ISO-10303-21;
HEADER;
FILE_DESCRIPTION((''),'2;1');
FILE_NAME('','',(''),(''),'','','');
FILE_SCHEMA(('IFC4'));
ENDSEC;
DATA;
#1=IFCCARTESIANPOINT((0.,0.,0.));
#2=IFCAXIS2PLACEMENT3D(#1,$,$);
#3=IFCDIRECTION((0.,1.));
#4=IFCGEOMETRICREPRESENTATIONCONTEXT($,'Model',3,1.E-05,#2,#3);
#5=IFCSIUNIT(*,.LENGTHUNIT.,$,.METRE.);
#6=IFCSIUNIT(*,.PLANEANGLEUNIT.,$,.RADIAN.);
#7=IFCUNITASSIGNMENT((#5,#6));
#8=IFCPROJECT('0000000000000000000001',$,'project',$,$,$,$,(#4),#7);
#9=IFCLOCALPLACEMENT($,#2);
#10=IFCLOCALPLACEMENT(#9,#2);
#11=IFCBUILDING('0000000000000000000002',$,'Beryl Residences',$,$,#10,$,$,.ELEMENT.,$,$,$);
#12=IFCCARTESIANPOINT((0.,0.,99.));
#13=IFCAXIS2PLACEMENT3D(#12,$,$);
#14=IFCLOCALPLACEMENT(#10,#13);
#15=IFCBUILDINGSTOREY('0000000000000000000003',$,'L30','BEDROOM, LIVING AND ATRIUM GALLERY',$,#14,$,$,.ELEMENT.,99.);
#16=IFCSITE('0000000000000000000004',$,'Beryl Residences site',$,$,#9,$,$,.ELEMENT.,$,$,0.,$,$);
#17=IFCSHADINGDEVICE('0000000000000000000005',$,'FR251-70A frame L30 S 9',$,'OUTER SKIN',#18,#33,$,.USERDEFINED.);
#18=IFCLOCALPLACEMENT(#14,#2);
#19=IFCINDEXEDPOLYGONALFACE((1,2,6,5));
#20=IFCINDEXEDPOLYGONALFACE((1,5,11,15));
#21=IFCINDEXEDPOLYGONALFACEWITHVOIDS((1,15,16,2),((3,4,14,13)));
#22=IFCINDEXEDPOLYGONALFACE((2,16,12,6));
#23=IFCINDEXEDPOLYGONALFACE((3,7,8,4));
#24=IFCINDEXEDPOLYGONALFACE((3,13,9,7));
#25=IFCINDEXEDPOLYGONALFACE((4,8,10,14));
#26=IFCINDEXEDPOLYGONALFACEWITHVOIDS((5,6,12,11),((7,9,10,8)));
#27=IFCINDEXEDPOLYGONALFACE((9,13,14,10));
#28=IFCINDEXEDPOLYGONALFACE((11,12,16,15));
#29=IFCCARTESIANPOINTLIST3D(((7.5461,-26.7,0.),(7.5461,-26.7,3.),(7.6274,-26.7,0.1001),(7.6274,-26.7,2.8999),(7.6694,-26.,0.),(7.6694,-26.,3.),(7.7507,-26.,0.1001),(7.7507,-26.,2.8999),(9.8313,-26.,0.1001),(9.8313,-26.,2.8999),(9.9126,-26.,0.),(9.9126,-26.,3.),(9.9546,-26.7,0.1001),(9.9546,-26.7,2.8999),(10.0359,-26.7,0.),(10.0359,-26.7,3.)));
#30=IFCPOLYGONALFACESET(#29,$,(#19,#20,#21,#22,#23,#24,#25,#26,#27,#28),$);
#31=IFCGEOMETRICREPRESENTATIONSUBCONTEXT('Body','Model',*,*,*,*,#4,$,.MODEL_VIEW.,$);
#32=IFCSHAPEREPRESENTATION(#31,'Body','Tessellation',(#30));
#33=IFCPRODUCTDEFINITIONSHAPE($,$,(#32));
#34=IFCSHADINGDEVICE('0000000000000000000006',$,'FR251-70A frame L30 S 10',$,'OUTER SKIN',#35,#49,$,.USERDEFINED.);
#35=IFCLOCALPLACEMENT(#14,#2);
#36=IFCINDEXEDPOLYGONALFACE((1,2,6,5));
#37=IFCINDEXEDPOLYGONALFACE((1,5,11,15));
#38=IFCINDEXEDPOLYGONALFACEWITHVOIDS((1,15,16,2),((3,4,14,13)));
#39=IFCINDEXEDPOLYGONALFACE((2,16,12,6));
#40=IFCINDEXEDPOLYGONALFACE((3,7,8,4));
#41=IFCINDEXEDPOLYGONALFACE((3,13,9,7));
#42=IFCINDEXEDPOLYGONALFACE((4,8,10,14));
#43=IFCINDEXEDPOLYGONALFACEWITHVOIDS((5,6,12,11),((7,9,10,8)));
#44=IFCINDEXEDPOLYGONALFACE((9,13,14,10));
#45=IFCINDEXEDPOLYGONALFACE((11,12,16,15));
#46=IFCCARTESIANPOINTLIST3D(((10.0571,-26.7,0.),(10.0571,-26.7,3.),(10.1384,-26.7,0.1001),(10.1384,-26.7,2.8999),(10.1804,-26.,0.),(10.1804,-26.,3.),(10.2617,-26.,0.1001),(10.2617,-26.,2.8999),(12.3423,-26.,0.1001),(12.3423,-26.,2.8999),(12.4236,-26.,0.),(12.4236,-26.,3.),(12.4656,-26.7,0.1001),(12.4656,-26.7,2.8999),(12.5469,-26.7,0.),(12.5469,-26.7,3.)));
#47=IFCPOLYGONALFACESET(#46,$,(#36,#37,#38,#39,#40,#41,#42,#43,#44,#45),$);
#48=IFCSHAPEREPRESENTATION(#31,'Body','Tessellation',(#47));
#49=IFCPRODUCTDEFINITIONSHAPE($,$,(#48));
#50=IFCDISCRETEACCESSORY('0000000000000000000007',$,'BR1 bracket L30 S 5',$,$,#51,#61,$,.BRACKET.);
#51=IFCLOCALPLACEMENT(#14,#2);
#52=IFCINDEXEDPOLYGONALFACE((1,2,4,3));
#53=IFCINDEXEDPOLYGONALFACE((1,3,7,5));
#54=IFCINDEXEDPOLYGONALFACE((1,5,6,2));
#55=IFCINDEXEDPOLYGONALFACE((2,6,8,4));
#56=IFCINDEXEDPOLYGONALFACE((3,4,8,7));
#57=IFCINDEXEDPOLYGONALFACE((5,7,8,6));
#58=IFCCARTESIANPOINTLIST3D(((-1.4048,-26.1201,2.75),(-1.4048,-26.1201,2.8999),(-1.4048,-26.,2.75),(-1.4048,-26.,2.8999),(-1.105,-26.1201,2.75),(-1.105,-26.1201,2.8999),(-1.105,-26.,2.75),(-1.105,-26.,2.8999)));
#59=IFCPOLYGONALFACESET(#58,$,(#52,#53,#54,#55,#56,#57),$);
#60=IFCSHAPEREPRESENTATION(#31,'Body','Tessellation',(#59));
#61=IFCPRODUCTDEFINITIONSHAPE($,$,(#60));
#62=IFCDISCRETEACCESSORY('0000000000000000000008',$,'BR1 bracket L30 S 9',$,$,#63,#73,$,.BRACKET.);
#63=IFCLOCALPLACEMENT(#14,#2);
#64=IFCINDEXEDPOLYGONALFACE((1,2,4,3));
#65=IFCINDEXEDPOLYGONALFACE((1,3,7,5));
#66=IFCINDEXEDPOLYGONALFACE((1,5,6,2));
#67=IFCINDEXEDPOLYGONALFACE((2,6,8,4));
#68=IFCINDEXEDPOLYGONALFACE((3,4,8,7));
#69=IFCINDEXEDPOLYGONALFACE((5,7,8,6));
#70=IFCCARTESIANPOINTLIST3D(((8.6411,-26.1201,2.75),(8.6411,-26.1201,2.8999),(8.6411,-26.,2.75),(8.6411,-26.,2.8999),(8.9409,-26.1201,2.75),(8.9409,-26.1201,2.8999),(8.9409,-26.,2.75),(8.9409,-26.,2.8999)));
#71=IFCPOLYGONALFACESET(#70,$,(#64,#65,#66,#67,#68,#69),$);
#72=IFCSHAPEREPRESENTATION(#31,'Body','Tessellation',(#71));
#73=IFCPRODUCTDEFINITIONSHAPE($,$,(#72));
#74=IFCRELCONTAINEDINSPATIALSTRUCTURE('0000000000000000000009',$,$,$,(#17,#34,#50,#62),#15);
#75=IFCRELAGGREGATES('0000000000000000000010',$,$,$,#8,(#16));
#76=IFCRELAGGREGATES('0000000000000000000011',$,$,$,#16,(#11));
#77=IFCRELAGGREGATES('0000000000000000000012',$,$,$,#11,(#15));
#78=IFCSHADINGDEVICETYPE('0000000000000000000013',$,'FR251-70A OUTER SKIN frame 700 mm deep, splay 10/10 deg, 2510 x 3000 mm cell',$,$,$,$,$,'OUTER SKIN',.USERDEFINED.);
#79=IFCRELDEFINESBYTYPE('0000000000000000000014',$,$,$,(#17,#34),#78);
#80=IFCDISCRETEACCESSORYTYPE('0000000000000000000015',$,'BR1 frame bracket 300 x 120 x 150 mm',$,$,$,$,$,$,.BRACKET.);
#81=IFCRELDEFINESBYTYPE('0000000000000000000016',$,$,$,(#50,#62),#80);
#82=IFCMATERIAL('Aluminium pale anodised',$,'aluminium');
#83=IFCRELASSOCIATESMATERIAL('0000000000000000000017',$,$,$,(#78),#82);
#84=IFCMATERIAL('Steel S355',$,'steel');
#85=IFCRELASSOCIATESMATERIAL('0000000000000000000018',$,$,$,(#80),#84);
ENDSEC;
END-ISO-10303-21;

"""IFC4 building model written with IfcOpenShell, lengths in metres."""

from ifc_helpers import new_model, entity, si_unit, direction, frame, origin, place, context, subcontext, project, spatial, polyline, outline, extrude, source, transform, mapped, material, type_object, type_shapes, element, save


model = new_model("IFC4")

# Units and contexts
model_context = context("Model", 3, precision=1e-05, world=origin(), true_north=direction((0.0, 1.0)))
body_context = subcontext(model_context, "Body", "Model", "MODEL_VIEW")
ifc_project = project(units=[si_unit("LENGTHUNIT", "METRE"), si_unit("PLANEANGLEUNIT", "RADIAN")], contexts=[model_context])

# Site, building, storey
site_placement = place(None, origin())
site = spatial("IfcSite", under=ifc_project, at=site_placement, Name="Beryl Residences site", CompositionType="ELEMENT", RefElevation=0.0)
building_placement = place(site_placement, origin())
building = spatial("IfcBuilding", under=site, at=building_placement, Name="Beryl Residences", CompositionType="ELEMENT")
storey_placement = place(building_placement, frame((0.0, 0.0, 99.0)))
storey = spatial("IfcBuildingStorey", under=building, at=storey_placement, Name="L30", Description="BEDROOM, LIVING AND ATRIUM GALLERY", CompositionType="ELEMENT", Elevation=99.0)

# Shading devices
ifc_material_1 = material(Name="Aluminium pale anodised", Category="aluminium")
shading_device_type = type_object("IfcShadingDeviceType", Name="FR251-70A OUTER SKIN frame 700 mm deep, splay 10/10 deg, 2510 x 3000 mm cell", ElementType="OUTER SKIN", PredefinedType="USERDEFINED", material=ifc_material_1)
cartesian_point_1 = entity("IfcCartesianPoint", [-1.1216, 0.0])
cartesian_point_2 = entity("IfcCartesianPoint", [-1.0403, 0.1001])
cartesian_point_3 = entity("IfcCartesianPoint", [-1.2449, 0.0])
cartesian_point_4 = entity("IfcCartesianPoint", [-1.1636, 0.1001])
shared_shape_1 = source(origin(), body_context, "Body", "SweptSolid", [
    entity("IfcExtrudedAreaSolidTapered", entity("IfcArbitraryProfileDefWithVoids", "AREA", None, entity("IfcPolyline", [cartesian_point_1, entity("IfcCartesianPoint", [1.1216, 0.0]), entity("IfcCartesianPoint", [1.1216, 3.0]), entity("IfcCartesianPoint", [-1.1216, 3.0]), cartesian_point_1]), [entity("IfcPolyline", [cartesian_point_2, entity("IfcCartesianPoint", [1.0403, 0.1001]), entity("IfcCartesianPoint", [1.0403, 2.8999]), entity("IfcCartesianPoint", [-1.0403, 2.8999]), cartesian_point_2])]), entity("IfcAxis2Placement3D", entity("IfcCartesianPoint", [0.0, 0.0, 0.0]), entity("IfcDirection", [0.0, 1.0, 0.0]), entity("IfcDirection", [-1.0, 0.0, 0.0])), entity("IfcDirection", [0.0, 0.0, 1.0]), 0.7, entity("IfcArbitraryProfileDefWithVoids", "AREA", None, entity("IfcPolyline", [cartesian_point_3, entity("IfcCartesianPoint", [1.2449, 0.0]), entity("IfcCartesianPoint", [1.2449, 3.0]), entity("IfcCartesianPoint", [-1.2449, 3.0]), cartesian_point_3]), [entity("IfcPolyline", [cartesian_point_4, entity("IfcCartesianPoint", [1.1636, 0.1001]), entity("IfcCartesianPoint", [1.1636, 2.8999]), entity("IfcCartesianPoint", [-1.1636, 2.8999]), cartesian_point_4])])),
])
type_shapes(shading_device_type, [shared_shape_1])
for number, where, z_axis, x_axis, name in (
    (1, (8.791, -26.0, 0.0), (0.0, 0.0, 1.0), (-1.0, 0.0, 0.0), "FR251-70A frame L30 S 9"),
    (2, (11.302, -26.0, 0.0), (0.0, 0.0, 1.0), (-1.0, 0.0, 0.0), "FR251-70A frame L30 S 10"),
):
    element("IfcShadingDevice", number, at=place(storey_placement, frame(where, z_axis=z_axis, x_axis=x_axis)), inside=storey, type_object=shading_device_type, Name=name, ObjectType="OUTER SKIN", PredefinedType="USERDEFINED", context=body_context, shape_type="MappedRepresentation", body=[
        mapped(shared_shape_1, transform((0.0, 0.0, 0.0))),
    ])

# Discrete accessories
ifc_material_2 = material(Name="Steel S355", Category="steel")
discrete_accessory_type = type_object("IfcDiscreteAccessoryType", Name="BR1 frame bracket 300 x 120 x 150 mm", PredefinedType="BRACKET", material=ifc_material_2)
shared_shape_2 = source(origin(), body_context, "Body", "SweptSolid", [
    extrude(outline(polyline([(-0.1499, 0.0), (0.1499, 0.0), (0.1499, 0.1201), (-0.1499, 0.1201), (-0.1499, 0.0)])), origin(), (0.0, 0.0, 1.0), 0.1499),
])
type_shapes(discrete_accessory_type, [shared_shape_2])
for number, where, z_axis, x_axis, name in (
    (3, (-1.2549, -26.0, 2.75), (0.0, 0.0, 1.0), (-1.0, 0.0, 0.0), "BR1 bracket L30 S 5"),
    (4, (8.791, -26.0, 2.75), (0.0, 0.0, 1.0), (-1.0, 0.0, 0.0), "BR1 bracket L30 S 9"),
):
    element("IfcDiscreteAccessory", number, at=place(storey_placement, frame(where, z_axis=z_axis, x_axis=x_axis)), inside=storey, type_object=discrete_accessory_type, Name=name, PredefinedType="BRACKET", context=body_context, shape_type="MappedRepresentation", body=[
        mapped(shared_shape_2, transform((0.0, 0.0, 0.0))),
    ])

save(model, "model.ifc")
